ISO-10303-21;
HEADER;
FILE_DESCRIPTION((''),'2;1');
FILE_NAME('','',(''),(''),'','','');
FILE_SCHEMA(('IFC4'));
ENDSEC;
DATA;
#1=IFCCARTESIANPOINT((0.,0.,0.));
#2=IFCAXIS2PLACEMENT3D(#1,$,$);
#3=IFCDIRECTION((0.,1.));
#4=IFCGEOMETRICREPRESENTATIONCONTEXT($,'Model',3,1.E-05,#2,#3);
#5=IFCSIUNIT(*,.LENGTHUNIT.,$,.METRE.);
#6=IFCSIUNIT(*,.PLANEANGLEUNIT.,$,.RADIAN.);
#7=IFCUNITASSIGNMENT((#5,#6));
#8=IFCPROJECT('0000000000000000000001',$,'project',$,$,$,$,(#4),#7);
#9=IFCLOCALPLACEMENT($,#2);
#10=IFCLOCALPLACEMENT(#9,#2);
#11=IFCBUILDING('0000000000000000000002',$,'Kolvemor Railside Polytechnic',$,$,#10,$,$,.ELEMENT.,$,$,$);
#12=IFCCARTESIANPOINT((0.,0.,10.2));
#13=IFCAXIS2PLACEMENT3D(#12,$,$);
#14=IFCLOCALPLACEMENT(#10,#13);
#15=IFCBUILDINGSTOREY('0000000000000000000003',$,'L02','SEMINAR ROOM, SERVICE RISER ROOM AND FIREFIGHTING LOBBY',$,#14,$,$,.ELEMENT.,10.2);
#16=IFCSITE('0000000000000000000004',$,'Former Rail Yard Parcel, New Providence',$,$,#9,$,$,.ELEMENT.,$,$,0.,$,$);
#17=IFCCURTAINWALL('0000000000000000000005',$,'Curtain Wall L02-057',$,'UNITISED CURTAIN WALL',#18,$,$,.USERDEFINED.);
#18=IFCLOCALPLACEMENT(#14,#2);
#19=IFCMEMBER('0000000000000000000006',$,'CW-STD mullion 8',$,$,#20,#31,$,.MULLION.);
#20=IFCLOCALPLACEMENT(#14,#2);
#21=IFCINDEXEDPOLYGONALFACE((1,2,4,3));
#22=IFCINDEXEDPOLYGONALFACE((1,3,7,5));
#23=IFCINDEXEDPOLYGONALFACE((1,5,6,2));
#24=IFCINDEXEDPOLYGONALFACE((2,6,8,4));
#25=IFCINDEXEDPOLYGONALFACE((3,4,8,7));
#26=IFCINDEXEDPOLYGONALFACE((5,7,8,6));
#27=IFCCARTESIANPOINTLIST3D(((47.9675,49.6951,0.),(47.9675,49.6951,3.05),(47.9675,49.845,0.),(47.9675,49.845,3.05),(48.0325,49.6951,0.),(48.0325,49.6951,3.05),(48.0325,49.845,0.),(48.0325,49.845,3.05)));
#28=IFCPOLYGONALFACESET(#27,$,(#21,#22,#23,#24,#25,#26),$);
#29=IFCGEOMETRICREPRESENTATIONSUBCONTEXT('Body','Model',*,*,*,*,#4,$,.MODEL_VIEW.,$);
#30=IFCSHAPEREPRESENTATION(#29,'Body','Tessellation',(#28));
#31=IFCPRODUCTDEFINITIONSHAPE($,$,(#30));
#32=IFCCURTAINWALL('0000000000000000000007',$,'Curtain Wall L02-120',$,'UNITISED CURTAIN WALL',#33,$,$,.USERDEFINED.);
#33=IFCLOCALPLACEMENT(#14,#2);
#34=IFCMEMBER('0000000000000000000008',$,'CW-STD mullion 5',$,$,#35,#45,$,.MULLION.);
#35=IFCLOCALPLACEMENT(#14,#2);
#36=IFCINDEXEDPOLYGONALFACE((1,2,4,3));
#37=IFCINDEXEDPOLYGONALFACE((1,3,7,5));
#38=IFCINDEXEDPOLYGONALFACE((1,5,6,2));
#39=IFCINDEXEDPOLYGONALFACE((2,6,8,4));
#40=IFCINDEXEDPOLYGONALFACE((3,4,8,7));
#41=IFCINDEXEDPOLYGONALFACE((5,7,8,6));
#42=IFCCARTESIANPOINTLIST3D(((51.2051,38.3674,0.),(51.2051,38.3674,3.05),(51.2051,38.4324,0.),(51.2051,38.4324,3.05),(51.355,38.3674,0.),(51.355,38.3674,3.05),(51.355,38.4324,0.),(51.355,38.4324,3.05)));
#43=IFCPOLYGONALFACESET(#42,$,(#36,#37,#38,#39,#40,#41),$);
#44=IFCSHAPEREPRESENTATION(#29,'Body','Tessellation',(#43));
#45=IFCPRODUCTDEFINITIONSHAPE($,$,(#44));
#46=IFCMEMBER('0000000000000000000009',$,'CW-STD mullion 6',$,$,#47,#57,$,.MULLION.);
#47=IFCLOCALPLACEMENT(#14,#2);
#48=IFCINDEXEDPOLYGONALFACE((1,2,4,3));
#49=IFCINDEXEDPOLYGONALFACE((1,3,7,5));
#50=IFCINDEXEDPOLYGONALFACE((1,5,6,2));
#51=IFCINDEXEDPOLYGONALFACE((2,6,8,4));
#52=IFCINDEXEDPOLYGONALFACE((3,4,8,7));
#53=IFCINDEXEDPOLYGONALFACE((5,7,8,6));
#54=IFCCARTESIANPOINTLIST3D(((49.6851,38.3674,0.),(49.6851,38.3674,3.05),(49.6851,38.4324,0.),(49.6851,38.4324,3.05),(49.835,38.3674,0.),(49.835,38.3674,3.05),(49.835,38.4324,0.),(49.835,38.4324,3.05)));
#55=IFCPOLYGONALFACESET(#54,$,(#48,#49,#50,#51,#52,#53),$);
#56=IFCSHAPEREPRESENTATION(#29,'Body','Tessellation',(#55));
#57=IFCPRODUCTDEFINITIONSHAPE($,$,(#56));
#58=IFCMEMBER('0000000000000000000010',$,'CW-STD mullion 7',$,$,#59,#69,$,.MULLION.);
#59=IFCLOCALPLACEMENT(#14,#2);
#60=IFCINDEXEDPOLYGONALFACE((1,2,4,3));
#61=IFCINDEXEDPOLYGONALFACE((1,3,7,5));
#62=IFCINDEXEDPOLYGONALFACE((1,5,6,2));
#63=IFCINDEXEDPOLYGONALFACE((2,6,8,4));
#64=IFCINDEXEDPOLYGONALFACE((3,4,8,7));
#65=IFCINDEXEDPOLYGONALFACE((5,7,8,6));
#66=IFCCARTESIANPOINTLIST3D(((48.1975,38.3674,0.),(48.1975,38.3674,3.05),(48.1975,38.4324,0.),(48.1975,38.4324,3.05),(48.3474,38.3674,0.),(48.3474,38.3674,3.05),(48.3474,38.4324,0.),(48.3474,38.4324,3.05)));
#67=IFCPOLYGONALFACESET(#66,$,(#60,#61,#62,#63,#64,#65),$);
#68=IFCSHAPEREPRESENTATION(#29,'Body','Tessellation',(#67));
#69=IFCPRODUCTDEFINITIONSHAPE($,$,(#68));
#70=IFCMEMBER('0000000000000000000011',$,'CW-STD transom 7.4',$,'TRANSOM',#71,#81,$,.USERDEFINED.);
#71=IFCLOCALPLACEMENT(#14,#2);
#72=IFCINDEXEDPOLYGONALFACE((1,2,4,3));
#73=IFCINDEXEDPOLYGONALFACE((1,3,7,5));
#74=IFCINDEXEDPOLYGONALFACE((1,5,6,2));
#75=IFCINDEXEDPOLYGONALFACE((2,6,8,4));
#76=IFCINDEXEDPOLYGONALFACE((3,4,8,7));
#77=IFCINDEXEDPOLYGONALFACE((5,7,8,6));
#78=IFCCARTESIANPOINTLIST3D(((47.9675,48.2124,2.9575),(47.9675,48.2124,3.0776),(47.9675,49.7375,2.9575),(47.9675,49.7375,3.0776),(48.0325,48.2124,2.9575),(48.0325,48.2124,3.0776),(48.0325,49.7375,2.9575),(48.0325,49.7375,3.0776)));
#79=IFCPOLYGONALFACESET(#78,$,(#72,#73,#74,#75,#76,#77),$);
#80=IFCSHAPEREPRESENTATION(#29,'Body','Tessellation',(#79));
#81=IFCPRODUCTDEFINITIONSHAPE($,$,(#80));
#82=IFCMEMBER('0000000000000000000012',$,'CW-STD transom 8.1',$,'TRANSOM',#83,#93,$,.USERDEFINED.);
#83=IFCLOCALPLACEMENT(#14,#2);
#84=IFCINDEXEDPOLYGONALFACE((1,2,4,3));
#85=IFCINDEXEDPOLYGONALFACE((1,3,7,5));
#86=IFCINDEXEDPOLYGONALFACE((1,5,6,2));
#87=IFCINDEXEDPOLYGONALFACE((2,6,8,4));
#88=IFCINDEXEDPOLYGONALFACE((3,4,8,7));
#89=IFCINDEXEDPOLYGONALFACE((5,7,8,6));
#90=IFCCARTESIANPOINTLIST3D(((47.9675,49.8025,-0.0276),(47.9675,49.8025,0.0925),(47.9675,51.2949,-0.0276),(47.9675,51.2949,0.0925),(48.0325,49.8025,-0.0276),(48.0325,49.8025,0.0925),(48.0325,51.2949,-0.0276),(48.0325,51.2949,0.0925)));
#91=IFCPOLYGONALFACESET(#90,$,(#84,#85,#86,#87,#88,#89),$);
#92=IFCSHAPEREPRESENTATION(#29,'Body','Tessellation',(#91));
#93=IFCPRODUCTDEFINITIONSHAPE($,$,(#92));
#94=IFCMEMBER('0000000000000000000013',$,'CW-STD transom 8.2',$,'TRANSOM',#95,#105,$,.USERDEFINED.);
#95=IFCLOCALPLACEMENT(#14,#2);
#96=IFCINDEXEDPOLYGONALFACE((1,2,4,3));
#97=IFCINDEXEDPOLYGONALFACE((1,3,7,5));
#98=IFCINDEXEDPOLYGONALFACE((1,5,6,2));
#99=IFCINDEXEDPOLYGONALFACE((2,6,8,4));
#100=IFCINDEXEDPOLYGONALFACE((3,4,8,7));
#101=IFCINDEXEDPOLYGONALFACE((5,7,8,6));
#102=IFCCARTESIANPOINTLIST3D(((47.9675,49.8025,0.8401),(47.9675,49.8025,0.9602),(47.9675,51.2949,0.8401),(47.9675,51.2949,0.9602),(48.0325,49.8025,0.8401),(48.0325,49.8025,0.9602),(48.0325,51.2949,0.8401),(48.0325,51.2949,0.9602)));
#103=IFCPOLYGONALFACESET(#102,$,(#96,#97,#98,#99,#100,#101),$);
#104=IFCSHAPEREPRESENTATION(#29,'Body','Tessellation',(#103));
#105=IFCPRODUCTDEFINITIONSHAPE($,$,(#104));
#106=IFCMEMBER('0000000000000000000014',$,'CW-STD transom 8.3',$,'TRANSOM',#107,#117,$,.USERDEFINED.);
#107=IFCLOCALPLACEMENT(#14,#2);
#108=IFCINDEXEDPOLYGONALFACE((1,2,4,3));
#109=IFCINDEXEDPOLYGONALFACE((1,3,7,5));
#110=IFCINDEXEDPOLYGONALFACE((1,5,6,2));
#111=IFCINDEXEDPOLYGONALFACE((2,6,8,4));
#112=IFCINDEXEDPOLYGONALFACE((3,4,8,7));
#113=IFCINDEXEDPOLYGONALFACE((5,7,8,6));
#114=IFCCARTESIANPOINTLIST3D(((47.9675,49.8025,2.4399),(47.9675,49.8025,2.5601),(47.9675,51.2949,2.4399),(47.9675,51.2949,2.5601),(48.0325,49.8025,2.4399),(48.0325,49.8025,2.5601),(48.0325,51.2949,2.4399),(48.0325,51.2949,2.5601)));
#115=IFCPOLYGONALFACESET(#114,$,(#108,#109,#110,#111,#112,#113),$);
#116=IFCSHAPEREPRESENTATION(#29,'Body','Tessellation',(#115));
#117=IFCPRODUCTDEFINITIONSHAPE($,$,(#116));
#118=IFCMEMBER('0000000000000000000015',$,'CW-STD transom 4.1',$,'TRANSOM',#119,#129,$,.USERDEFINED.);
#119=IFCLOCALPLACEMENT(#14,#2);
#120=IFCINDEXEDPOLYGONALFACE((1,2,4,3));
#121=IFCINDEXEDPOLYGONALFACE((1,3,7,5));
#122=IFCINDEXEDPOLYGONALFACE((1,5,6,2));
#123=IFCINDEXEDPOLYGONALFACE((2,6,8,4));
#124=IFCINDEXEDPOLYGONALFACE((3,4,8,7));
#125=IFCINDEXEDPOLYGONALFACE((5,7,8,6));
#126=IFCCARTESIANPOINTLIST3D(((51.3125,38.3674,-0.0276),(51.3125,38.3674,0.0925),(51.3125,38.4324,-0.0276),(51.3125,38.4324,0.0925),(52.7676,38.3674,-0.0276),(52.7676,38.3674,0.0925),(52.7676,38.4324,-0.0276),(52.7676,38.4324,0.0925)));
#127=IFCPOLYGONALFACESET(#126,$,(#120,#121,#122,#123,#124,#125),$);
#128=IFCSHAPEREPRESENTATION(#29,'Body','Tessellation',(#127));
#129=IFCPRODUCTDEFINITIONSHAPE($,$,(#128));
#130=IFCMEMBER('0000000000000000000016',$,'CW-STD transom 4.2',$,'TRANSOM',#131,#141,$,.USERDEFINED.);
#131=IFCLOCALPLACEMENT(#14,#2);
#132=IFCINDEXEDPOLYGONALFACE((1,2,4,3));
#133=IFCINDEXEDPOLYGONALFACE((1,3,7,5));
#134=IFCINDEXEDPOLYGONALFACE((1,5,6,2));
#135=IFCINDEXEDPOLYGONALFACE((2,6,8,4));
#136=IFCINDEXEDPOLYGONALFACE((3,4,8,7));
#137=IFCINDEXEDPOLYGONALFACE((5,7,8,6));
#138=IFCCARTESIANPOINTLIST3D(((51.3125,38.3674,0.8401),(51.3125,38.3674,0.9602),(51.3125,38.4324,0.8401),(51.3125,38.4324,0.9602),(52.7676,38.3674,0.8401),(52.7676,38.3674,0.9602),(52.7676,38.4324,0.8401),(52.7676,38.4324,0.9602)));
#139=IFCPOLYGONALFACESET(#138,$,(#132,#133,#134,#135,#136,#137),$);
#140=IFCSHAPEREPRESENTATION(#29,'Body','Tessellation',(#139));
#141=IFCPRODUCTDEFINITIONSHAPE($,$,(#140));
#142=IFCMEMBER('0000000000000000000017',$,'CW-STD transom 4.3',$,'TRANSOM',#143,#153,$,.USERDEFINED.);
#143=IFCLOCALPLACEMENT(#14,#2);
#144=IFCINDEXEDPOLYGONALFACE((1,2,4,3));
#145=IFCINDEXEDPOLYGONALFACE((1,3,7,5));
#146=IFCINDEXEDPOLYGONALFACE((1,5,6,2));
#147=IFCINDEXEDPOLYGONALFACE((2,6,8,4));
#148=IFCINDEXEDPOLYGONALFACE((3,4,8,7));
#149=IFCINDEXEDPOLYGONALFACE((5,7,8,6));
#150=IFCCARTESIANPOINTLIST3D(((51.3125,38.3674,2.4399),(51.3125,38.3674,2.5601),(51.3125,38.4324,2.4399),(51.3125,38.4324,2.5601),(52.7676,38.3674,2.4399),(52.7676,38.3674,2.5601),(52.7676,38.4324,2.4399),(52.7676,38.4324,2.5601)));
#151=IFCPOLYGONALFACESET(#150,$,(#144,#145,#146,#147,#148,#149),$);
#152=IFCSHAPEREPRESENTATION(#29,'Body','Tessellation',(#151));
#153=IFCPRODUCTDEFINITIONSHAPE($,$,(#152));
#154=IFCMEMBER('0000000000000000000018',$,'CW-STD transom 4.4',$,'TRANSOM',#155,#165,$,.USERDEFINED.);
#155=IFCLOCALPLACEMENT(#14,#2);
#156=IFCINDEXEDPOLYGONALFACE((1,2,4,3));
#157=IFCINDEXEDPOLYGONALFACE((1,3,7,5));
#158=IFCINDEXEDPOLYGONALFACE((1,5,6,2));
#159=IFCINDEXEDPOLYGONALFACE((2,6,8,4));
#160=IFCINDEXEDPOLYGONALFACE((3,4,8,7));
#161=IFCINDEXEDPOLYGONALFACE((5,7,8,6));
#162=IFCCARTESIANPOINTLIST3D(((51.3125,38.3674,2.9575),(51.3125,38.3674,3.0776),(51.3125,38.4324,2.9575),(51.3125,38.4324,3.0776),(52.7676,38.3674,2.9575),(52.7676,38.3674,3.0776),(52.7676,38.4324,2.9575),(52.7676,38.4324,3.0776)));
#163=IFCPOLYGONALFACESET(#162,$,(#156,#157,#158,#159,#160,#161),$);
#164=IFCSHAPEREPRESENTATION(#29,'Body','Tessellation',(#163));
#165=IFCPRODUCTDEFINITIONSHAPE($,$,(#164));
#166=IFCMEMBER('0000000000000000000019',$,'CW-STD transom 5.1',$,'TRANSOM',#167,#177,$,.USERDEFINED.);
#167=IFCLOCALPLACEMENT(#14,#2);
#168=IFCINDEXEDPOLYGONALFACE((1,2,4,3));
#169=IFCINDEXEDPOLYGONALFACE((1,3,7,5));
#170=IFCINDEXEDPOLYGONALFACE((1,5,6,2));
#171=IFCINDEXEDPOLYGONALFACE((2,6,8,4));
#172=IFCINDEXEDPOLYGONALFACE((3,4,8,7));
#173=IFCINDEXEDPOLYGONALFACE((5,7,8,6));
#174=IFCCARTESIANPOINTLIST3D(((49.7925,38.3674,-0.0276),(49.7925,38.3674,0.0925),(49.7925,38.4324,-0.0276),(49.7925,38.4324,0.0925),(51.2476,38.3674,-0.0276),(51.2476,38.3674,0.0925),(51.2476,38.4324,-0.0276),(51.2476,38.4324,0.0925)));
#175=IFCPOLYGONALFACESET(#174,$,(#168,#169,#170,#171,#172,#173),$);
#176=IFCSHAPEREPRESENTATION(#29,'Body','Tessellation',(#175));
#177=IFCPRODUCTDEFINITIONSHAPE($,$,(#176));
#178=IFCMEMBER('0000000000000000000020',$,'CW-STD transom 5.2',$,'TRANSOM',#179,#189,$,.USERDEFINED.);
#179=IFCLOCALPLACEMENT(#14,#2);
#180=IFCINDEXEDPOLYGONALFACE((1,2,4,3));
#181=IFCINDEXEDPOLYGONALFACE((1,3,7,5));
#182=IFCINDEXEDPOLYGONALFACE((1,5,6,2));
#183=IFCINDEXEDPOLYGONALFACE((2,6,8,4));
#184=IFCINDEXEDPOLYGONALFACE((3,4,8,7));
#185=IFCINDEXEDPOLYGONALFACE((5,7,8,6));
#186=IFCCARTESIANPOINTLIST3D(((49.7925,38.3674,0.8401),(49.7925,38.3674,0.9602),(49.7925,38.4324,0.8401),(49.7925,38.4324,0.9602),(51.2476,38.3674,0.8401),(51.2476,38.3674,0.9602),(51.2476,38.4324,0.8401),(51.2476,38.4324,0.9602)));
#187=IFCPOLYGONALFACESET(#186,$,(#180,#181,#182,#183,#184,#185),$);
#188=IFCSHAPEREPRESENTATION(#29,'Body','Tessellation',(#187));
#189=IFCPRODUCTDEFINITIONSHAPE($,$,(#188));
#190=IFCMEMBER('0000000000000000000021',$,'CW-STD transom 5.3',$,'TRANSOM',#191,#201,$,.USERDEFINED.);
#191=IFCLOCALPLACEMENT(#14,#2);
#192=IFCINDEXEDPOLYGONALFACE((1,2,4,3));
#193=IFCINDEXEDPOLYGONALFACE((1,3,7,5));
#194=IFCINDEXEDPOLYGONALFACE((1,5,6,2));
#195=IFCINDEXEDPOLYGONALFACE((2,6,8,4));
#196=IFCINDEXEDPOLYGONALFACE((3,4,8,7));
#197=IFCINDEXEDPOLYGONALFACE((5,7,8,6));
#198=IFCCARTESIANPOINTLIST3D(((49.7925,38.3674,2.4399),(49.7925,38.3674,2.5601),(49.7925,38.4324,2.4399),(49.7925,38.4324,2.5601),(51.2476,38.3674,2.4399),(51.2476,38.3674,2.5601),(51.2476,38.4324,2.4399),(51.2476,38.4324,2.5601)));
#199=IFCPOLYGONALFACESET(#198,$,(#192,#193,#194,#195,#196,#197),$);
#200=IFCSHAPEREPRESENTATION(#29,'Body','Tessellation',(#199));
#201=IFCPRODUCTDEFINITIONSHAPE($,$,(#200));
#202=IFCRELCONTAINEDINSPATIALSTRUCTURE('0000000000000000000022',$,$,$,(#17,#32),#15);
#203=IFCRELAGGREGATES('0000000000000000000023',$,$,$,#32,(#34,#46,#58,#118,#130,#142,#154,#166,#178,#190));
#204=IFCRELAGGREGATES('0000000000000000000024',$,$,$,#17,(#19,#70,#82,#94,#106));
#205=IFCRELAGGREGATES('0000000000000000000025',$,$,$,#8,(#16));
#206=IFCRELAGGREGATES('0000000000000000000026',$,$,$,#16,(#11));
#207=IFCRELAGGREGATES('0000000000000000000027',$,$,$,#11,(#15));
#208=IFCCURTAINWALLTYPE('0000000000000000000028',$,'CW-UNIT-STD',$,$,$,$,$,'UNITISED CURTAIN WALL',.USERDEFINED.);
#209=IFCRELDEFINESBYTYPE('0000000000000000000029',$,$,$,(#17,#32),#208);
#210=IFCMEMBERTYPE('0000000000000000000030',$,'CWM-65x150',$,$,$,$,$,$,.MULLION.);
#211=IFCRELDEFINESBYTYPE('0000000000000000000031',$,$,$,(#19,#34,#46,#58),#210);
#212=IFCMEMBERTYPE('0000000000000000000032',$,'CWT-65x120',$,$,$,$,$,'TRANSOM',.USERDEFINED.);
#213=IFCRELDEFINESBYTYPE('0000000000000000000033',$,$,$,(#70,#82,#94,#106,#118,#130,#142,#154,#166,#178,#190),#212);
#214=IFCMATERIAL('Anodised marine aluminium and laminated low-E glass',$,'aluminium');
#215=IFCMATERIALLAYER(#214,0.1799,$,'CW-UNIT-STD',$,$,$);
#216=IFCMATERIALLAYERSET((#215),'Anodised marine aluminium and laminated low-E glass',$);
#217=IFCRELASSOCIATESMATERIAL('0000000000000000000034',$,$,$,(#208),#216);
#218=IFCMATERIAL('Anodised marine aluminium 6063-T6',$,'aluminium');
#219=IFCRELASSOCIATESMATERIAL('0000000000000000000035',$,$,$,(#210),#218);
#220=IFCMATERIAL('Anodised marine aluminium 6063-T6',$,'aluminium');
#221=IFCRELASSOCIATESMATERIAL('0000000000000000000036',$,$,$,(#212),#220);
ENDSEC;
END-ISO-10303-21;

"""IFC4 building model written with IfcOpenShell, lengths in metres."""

from ifc_helpers import new_model, si_unit, direction, frame, origin, origin_2d, place, context, subcontext, project, spatial, rectangle, extrude, material, layer, layer_set, material_profile, profile_set, type_object, element, aggregate, save


model = new_model("IFC4")

# Units and contexts
model_context = context("Model", 3, precision=1e-05, world=origin(), true_north=direction((0.0, 1.0)))
body_context = subcontext(model_context, "Body", "Model", "MODEL_VIEW")
ifc_project = project(units=[si_unit("LENGTHUNIT", "METRE"), si_unit("PLANEANGLEUNIT", "RADIAN")], contexts=[model_context])

# Site, building, storey
site_placement = place(None, origin())
site = spatial("IfcSite", under=ifc_project, at=site_placement, Name="Former Rail Yard Parcel, New Providence", CompositionType="ELEMENT", RefElevation=0.0)
building_placement = place(site_placement, origin())
building = spatial("IfcBuilding", under=site, at=building_placement, Name="Kolvemor Railside Polytechnic", CompositionType="ELEMENT")
storey_placement = place(building_placement, frame((0.0, 0.0, 10.2)))
storey = spatial("IfcBuildingStorey", under=building, at=storey_placement, Name="L02", Description="SEMINAR ROOM, SERVICE RISER ROOM AND FIREFIGHTING LOBBY", CompositionType="ELEMENT", Elevation=10.2)

# Curtain wall, member
ifc_material_1 = material(Name="Anodised marine aluminium and laminated low-E glass", Category="aluminium")
ifc_layer_1 = layer(ifc_material_1, 0.1799, Name="CW-UNIT-STD")
ifc_layer_set_1 = layer_set([ifc_layer_1], Name="Anodised marine aluminium and laminated low-E glass")
curtain_wall_type = type_object("IfcCurtainWallType", Name="CW-UNIT-STD", ElementType="UNITISED CURTAIN WALL", PredefinedType="USERDEFINED", material=ifc_layer_set_1)
curtain_wall_1_placement = place(storey_placement, origin())
curtain_wall_1 = element("IfcCurtainWall", 1, at=curtain_wall_1_placement, inside=storey, type_object=curtain_wall_type, Name="Curtain Wall L02-057", ObjectType="UNITISED CURTAIN WALL", PredefinedType="USERDEFINED")
ifc_material_2 = material(Name="Anodised marine aluminium 6063-T6", Category="aluminium")
ifc_material_profile_1 = material_profile(ifc_material_2, rectangle(XDim=0.0649, YDim=0.1499, at=origin_2d()), Name="CW-MUL-65x150")
ifc_profile_set_1 = profile_set([ifc_material_profile_1], Name="Anodised marine aluminium 6063-T6")
member_type_1 = type_object("IfcMemberType", Name="CWM-65x150", PredefinedType="MULLION", material=ifc_profile_set_1)
member_1_placement = place(storey_placement, frame((48.0, 49.77, 0.0), z_axis=(0.0, 0.0, 1.0), x_axis=(-1.0, 0.0, 0.0)))
member_1 = element("IfcMember", 2, at=member_1_placement, type_object=member_type_1, Name="CW-STD mullion 8", PredefinedType="MULLION", context=body_context, shape_type="SweptSolid", body=[
    extrude(rectangle(XDim=0.0649, YDim=0.1499, at=origin_2d()), origin(), (0.0, 0.0, 1.0), 3.05),
])

# Curtain wall, members
curtain_wall_2_placement = place(storey_placement, origin())
curtain_wall_2 = element("IfcCurtainWall", 3, at=curtain_wall_2_placement, inside=storey, type_object=curtain_wall_type, Name="Curtain Wall L02-120", ObjectType="UNITISED CURTAIN WALL", PredefinedType="USERDEFINED")
member_2_placement = place(storey_placement, frame((51.28, 38.3999, 0.0), z_axis=(0.0, 0.0, 1.0), x_axis=(0.0, -1.0, 0.0)))
member_2 = element("IfcMember", 4, at=member_2_placement, type_object=member_type_1, Name="CW-STD mullion 5", PredefinedType="MULLION", context=body_context, shape_type="SweptSolid", body=[
    extrude(rectangle(XDim=0.0649, YDim=0.1499, at=origin_2d()), origin(), (0.0, 0.0, 1.0), 3.05),
])
member_3_placement = place(storey_placement, frame((49.76, 38.3999, 0.0), z_axis=(0.0, 0.0, 1.0), x_axis=(0.0, -1.0, 0.0)))
member_3 = element("IfcMember", 5, at=member_3_placement, type_object=member_type_1, Name="CW-STD mullion 6", PredefinedType="MULLION", context=body_context, shape_type="SweptSolid", body=[
    extrude(rectangle(XDim=0.0649, YDim=0.1499, at=origin_2d()), origin(), (0.0, 0.0, 1.0), 3.05),
])
member_4_placement = place(storey_placement, frame((48.2725, 38.3999, 0.0), z_axis=(0.0, 0.0, 1.0), x_axis=(0.0, -1.0, 0.0)))
member_4 = element("IfcMember", 6, at=member_4_placement, type_object=member_type_1, Name="CW-STD mullion 7", PredefinedType="MULLION", context=body_context, shape_type="SweptSolid", body=[
    extrude(rectangle(XDim=0.0649, YDim=0.1499, at=origin_2d()), origin(), (0.0, 0.0, 1.0), 3.05),
])

# Members
ifc_material_3 = material(Name="Anodised marine aluminium 6063-T6", Category="aluminium")
ifc_material_profile_2 = material_profile(ifc_material_3, rectangle(XDim=0.0649, YDim=0.1201, at=origin_2d()), Name="CW-TRN-65x120")
ifc_profile_set_2 = profile_set([ifc_material_profile_2], Name="Anodised marine aluminium 6063-T6")
member_type_2 = type_object("IfcMemberType", Name="CWT-65x120", ElementType="TRANSOM", PredefinedType="USERDEFINED", material=ifc_profile_set_2)
member_5_placement = place(storey_placement, frame((48.0, 48.2124, 3.0176), z_axis=(0.0, 1.0, 0.0), x_axis=(-1.0, 0.0, 0.0)))
member_5 = element("IfcMember", 7, at=member_5_placement, type_object=member_type_2, Name="CW-STD transom 7.4", ObjectType="TRANSOM", PredefinedType="USERDEFINED", context=body_context, shape_type="SweptSolid", body=[
    extrude(rectangle(XDim=0.0649, YDim=0.1201, at=origin_2d()), origin(), (0.0, 0.0, 1.0), 1.5251),
])
member_6_placement = place(storey_placement, frame((48.0, 49.8025, 0.0325), z_axis=(0.0, 1.0, 0.0), x_axis=(-1.0, 0.0, 0.0)))
member_6 = element("IfcMember", 8, at=member_6_placement, type_object=member_type_2, Name="CW-STD transom 8.1", ObjectType="TRANSOM", PredefinedType="USERDEFINED", context=body_context, shape_type="SweptSolid", body=[
    extrude(rectangle(XDim=0.0649, YDim=0.1201, at=origin_2d()), origin(), (0.0, 0.0, 1.0), 1.4924),
])
member_7_placement = place(storey_placement, frame((48.0, 49.8025, 0.9001), z_axis=(0.0, 1.0, 0.0), x_axis=(-1.0, 0.0, 0.0)))
member_7 = element("IfcMember", 9, at=member_7_placement, type_object=member_type_2, Name="CW-STD transom 8.2", ObjectType="TRANSOM", PredefinedType="USERDEFINED", context=body_context, shape_type="SweptSolid", body=[
    extrude(rectangle(XDim=0.0649, YDim=0.1201, at=origin_2d()), origin(), (0.0, 0.0, 1.0), 1.4924),
])
member_8_placement = place(storey_placement, frame((48.0, 49.8025, 2.5), z_axis=(0.0, 1.0, 0.0), x_axis=(-1.0, 0.0, 0.0)))
member_8 = element("IfcMember", 10, at=member_8_placement, type_object=member_type_2, Name="CW-STD transom 8.3", ObjectType="TRANSOM", PredefinedType="USERDEFINED", context=body_context, shape_type="SweptSolid", body=[
    extrude(rectangle(XDim=0.0649, YDim=0.1201, at=origin_2d()), origin(), (0.0, 0.0, 1.0), 1.4924),
])
member_9_placement = place(storey_placement, frame((52.7676, 38.3999, 0.0325), z_axis=(-1.0, 0.0, 0.0), x_axis=(0.0, -1.0, 0.0)))
member_9 = element("IfcMember", 11, at=member_9_placement, type_object=member_type_2, Name="CW-STD transom 4.1", ObjectType="TRANSOM", PredefinedType="USERDEFINED", context=body_context, shape_type="SweptSolid", body=[
    extrude(rectangle(XDim=0.0649, YDim=0.1201, at=origin_2d()), origin(), (0.0, 0.0, 1.0), 1.4551),
])
member_10_placement = place(storey_placement, frame((52.7676, 38.3999, 0.9001), z_axis=(-1.0, 0.0, 0.0), x_axis=(0.0, -1.0, 0.0)))
member_10 = element("IfcMember", 12, at=member_10_placement, type_object=member_type_2, Name="CW-STD transom 4.2", ObjectType="TRANSOM", PredefinedType="USERDEFINED", context=body_context, shape_type="SweptSolid", body=[
    extrude(rectangle(XDim=0.0649, YDim=0.1201, at=origin_2d()), origin(), (0.0, 0.0, 1.0), 1.4551),
])
member_11_placement = place(storey_placement, frame((52.7676, 38.3999, 2.5), z_axis=(-1.0, 0.0, 0.0), x_axis=(0.0, -1.0, 0.0)))
member_11 = element("IfcMember", 13, at=member_11_placement, type_object=member_type_2, Name="CW-STD transom 4.3", ObjectType="TRANSOM", PredefinedType="USERDEFINED", context=body_context, shape_type="SweptSolid", body=[
    extrude(rectangle(XDim=0.0649, YDim=0.1201, at=origin_2d()), origin(), (0.0, 0.0, 1.0), 1.4551),
])
member_12_placement = place(storey_placement, frame((52.7676, 38.3999, 3.0176), z_axis=(-1.0, 0.0, 0.0), x_axis=(0.0, -1.0, 0.0)))
member_12 = element("IfcMember", 14, at=member_12_placement, type_object=member_type_2, Name="CW-STD transom 4.4", ObjectType="TRANSOM", PredefinedType="USERDEFINED", context=body_context, shape_type="SweptSolid", body=[
    extrude(rectangle(XDim=0.0649, YDim=0.1201, at=origin_2d()), origin(), (0.0, 0.0, 1.0), 1.4551),
])
member_13_placement = place(storey_placement, frame((51.2476, 38.3999, 0.0325), z_axis=(-1.0, 0.0, 0.0), x_axis=(0.0, -1.0, 0.0)))
member_13 = element("IfcMember", 15, at=member_13_placement, type_object=member_type_2, Name="CW-STD transom 5.1", ObjectType="TRANSOM", PredefinedType="USERDEFINED", context=body_context, shape_type="SweptSolid", body=[
    extrude(rectangle(XDim=0.0649, YDim=0.1201, at=origin_2d()), origin(), (0.0, 0.0, 1.0), 1.4551),
])
member_14_placement = place(storey_placement, frame((51.2476, 38.3999, 0.9001), z_axis=(-1.0, 0.0, 0.0), x_axis=(0.0, -1.0, 0.0)))
member_14 = element("IfcMember", 16, at=member_14_placement, type_object=member_type_2, Name="CW-STD transom 5.2", ObjectType="TRANSOM", PredefinedType="USERDEFINED", context=body_context, shape_type="SweptSolid", body=[
    extrude(rectangle(XDim=0.0649, YDim=0.1201, at=origin_2d()), origin(), (0.0, 0.0, 1.0), 1.4551),
])
member_15_placement = place(storey_placement, frame((51.2476, 38.3999, 2.5), z_axis=(-1.0, 0.0, 0.0), x_axis=(0.0, -1.0, 0.0)))
member_15 = element("IfcMember", 17, at=member_15_placement, type_object=member_type_2, Name="CW-STD transom 5.3", ObjectType="TRANSOM", PredefinedType="USERDEFINED", context=body_context, shape_type="SweptSolid", body=[
    extrude(rectangle(XDim=0.0649, YDim=0.1201, at=origin_2d()), origin(), (0.0, 0.0, 1.0), 1.4551),
])

aggregate(curtain_wall_2, [member_2, member_3, member_4, member_9, member_10, member_11, member_12, member_13, member_14, member_15])
aggregate(curtain_wall_1, [member_1, member_5, member_6, member_7, member_8])

save(model, "model.ifc")
